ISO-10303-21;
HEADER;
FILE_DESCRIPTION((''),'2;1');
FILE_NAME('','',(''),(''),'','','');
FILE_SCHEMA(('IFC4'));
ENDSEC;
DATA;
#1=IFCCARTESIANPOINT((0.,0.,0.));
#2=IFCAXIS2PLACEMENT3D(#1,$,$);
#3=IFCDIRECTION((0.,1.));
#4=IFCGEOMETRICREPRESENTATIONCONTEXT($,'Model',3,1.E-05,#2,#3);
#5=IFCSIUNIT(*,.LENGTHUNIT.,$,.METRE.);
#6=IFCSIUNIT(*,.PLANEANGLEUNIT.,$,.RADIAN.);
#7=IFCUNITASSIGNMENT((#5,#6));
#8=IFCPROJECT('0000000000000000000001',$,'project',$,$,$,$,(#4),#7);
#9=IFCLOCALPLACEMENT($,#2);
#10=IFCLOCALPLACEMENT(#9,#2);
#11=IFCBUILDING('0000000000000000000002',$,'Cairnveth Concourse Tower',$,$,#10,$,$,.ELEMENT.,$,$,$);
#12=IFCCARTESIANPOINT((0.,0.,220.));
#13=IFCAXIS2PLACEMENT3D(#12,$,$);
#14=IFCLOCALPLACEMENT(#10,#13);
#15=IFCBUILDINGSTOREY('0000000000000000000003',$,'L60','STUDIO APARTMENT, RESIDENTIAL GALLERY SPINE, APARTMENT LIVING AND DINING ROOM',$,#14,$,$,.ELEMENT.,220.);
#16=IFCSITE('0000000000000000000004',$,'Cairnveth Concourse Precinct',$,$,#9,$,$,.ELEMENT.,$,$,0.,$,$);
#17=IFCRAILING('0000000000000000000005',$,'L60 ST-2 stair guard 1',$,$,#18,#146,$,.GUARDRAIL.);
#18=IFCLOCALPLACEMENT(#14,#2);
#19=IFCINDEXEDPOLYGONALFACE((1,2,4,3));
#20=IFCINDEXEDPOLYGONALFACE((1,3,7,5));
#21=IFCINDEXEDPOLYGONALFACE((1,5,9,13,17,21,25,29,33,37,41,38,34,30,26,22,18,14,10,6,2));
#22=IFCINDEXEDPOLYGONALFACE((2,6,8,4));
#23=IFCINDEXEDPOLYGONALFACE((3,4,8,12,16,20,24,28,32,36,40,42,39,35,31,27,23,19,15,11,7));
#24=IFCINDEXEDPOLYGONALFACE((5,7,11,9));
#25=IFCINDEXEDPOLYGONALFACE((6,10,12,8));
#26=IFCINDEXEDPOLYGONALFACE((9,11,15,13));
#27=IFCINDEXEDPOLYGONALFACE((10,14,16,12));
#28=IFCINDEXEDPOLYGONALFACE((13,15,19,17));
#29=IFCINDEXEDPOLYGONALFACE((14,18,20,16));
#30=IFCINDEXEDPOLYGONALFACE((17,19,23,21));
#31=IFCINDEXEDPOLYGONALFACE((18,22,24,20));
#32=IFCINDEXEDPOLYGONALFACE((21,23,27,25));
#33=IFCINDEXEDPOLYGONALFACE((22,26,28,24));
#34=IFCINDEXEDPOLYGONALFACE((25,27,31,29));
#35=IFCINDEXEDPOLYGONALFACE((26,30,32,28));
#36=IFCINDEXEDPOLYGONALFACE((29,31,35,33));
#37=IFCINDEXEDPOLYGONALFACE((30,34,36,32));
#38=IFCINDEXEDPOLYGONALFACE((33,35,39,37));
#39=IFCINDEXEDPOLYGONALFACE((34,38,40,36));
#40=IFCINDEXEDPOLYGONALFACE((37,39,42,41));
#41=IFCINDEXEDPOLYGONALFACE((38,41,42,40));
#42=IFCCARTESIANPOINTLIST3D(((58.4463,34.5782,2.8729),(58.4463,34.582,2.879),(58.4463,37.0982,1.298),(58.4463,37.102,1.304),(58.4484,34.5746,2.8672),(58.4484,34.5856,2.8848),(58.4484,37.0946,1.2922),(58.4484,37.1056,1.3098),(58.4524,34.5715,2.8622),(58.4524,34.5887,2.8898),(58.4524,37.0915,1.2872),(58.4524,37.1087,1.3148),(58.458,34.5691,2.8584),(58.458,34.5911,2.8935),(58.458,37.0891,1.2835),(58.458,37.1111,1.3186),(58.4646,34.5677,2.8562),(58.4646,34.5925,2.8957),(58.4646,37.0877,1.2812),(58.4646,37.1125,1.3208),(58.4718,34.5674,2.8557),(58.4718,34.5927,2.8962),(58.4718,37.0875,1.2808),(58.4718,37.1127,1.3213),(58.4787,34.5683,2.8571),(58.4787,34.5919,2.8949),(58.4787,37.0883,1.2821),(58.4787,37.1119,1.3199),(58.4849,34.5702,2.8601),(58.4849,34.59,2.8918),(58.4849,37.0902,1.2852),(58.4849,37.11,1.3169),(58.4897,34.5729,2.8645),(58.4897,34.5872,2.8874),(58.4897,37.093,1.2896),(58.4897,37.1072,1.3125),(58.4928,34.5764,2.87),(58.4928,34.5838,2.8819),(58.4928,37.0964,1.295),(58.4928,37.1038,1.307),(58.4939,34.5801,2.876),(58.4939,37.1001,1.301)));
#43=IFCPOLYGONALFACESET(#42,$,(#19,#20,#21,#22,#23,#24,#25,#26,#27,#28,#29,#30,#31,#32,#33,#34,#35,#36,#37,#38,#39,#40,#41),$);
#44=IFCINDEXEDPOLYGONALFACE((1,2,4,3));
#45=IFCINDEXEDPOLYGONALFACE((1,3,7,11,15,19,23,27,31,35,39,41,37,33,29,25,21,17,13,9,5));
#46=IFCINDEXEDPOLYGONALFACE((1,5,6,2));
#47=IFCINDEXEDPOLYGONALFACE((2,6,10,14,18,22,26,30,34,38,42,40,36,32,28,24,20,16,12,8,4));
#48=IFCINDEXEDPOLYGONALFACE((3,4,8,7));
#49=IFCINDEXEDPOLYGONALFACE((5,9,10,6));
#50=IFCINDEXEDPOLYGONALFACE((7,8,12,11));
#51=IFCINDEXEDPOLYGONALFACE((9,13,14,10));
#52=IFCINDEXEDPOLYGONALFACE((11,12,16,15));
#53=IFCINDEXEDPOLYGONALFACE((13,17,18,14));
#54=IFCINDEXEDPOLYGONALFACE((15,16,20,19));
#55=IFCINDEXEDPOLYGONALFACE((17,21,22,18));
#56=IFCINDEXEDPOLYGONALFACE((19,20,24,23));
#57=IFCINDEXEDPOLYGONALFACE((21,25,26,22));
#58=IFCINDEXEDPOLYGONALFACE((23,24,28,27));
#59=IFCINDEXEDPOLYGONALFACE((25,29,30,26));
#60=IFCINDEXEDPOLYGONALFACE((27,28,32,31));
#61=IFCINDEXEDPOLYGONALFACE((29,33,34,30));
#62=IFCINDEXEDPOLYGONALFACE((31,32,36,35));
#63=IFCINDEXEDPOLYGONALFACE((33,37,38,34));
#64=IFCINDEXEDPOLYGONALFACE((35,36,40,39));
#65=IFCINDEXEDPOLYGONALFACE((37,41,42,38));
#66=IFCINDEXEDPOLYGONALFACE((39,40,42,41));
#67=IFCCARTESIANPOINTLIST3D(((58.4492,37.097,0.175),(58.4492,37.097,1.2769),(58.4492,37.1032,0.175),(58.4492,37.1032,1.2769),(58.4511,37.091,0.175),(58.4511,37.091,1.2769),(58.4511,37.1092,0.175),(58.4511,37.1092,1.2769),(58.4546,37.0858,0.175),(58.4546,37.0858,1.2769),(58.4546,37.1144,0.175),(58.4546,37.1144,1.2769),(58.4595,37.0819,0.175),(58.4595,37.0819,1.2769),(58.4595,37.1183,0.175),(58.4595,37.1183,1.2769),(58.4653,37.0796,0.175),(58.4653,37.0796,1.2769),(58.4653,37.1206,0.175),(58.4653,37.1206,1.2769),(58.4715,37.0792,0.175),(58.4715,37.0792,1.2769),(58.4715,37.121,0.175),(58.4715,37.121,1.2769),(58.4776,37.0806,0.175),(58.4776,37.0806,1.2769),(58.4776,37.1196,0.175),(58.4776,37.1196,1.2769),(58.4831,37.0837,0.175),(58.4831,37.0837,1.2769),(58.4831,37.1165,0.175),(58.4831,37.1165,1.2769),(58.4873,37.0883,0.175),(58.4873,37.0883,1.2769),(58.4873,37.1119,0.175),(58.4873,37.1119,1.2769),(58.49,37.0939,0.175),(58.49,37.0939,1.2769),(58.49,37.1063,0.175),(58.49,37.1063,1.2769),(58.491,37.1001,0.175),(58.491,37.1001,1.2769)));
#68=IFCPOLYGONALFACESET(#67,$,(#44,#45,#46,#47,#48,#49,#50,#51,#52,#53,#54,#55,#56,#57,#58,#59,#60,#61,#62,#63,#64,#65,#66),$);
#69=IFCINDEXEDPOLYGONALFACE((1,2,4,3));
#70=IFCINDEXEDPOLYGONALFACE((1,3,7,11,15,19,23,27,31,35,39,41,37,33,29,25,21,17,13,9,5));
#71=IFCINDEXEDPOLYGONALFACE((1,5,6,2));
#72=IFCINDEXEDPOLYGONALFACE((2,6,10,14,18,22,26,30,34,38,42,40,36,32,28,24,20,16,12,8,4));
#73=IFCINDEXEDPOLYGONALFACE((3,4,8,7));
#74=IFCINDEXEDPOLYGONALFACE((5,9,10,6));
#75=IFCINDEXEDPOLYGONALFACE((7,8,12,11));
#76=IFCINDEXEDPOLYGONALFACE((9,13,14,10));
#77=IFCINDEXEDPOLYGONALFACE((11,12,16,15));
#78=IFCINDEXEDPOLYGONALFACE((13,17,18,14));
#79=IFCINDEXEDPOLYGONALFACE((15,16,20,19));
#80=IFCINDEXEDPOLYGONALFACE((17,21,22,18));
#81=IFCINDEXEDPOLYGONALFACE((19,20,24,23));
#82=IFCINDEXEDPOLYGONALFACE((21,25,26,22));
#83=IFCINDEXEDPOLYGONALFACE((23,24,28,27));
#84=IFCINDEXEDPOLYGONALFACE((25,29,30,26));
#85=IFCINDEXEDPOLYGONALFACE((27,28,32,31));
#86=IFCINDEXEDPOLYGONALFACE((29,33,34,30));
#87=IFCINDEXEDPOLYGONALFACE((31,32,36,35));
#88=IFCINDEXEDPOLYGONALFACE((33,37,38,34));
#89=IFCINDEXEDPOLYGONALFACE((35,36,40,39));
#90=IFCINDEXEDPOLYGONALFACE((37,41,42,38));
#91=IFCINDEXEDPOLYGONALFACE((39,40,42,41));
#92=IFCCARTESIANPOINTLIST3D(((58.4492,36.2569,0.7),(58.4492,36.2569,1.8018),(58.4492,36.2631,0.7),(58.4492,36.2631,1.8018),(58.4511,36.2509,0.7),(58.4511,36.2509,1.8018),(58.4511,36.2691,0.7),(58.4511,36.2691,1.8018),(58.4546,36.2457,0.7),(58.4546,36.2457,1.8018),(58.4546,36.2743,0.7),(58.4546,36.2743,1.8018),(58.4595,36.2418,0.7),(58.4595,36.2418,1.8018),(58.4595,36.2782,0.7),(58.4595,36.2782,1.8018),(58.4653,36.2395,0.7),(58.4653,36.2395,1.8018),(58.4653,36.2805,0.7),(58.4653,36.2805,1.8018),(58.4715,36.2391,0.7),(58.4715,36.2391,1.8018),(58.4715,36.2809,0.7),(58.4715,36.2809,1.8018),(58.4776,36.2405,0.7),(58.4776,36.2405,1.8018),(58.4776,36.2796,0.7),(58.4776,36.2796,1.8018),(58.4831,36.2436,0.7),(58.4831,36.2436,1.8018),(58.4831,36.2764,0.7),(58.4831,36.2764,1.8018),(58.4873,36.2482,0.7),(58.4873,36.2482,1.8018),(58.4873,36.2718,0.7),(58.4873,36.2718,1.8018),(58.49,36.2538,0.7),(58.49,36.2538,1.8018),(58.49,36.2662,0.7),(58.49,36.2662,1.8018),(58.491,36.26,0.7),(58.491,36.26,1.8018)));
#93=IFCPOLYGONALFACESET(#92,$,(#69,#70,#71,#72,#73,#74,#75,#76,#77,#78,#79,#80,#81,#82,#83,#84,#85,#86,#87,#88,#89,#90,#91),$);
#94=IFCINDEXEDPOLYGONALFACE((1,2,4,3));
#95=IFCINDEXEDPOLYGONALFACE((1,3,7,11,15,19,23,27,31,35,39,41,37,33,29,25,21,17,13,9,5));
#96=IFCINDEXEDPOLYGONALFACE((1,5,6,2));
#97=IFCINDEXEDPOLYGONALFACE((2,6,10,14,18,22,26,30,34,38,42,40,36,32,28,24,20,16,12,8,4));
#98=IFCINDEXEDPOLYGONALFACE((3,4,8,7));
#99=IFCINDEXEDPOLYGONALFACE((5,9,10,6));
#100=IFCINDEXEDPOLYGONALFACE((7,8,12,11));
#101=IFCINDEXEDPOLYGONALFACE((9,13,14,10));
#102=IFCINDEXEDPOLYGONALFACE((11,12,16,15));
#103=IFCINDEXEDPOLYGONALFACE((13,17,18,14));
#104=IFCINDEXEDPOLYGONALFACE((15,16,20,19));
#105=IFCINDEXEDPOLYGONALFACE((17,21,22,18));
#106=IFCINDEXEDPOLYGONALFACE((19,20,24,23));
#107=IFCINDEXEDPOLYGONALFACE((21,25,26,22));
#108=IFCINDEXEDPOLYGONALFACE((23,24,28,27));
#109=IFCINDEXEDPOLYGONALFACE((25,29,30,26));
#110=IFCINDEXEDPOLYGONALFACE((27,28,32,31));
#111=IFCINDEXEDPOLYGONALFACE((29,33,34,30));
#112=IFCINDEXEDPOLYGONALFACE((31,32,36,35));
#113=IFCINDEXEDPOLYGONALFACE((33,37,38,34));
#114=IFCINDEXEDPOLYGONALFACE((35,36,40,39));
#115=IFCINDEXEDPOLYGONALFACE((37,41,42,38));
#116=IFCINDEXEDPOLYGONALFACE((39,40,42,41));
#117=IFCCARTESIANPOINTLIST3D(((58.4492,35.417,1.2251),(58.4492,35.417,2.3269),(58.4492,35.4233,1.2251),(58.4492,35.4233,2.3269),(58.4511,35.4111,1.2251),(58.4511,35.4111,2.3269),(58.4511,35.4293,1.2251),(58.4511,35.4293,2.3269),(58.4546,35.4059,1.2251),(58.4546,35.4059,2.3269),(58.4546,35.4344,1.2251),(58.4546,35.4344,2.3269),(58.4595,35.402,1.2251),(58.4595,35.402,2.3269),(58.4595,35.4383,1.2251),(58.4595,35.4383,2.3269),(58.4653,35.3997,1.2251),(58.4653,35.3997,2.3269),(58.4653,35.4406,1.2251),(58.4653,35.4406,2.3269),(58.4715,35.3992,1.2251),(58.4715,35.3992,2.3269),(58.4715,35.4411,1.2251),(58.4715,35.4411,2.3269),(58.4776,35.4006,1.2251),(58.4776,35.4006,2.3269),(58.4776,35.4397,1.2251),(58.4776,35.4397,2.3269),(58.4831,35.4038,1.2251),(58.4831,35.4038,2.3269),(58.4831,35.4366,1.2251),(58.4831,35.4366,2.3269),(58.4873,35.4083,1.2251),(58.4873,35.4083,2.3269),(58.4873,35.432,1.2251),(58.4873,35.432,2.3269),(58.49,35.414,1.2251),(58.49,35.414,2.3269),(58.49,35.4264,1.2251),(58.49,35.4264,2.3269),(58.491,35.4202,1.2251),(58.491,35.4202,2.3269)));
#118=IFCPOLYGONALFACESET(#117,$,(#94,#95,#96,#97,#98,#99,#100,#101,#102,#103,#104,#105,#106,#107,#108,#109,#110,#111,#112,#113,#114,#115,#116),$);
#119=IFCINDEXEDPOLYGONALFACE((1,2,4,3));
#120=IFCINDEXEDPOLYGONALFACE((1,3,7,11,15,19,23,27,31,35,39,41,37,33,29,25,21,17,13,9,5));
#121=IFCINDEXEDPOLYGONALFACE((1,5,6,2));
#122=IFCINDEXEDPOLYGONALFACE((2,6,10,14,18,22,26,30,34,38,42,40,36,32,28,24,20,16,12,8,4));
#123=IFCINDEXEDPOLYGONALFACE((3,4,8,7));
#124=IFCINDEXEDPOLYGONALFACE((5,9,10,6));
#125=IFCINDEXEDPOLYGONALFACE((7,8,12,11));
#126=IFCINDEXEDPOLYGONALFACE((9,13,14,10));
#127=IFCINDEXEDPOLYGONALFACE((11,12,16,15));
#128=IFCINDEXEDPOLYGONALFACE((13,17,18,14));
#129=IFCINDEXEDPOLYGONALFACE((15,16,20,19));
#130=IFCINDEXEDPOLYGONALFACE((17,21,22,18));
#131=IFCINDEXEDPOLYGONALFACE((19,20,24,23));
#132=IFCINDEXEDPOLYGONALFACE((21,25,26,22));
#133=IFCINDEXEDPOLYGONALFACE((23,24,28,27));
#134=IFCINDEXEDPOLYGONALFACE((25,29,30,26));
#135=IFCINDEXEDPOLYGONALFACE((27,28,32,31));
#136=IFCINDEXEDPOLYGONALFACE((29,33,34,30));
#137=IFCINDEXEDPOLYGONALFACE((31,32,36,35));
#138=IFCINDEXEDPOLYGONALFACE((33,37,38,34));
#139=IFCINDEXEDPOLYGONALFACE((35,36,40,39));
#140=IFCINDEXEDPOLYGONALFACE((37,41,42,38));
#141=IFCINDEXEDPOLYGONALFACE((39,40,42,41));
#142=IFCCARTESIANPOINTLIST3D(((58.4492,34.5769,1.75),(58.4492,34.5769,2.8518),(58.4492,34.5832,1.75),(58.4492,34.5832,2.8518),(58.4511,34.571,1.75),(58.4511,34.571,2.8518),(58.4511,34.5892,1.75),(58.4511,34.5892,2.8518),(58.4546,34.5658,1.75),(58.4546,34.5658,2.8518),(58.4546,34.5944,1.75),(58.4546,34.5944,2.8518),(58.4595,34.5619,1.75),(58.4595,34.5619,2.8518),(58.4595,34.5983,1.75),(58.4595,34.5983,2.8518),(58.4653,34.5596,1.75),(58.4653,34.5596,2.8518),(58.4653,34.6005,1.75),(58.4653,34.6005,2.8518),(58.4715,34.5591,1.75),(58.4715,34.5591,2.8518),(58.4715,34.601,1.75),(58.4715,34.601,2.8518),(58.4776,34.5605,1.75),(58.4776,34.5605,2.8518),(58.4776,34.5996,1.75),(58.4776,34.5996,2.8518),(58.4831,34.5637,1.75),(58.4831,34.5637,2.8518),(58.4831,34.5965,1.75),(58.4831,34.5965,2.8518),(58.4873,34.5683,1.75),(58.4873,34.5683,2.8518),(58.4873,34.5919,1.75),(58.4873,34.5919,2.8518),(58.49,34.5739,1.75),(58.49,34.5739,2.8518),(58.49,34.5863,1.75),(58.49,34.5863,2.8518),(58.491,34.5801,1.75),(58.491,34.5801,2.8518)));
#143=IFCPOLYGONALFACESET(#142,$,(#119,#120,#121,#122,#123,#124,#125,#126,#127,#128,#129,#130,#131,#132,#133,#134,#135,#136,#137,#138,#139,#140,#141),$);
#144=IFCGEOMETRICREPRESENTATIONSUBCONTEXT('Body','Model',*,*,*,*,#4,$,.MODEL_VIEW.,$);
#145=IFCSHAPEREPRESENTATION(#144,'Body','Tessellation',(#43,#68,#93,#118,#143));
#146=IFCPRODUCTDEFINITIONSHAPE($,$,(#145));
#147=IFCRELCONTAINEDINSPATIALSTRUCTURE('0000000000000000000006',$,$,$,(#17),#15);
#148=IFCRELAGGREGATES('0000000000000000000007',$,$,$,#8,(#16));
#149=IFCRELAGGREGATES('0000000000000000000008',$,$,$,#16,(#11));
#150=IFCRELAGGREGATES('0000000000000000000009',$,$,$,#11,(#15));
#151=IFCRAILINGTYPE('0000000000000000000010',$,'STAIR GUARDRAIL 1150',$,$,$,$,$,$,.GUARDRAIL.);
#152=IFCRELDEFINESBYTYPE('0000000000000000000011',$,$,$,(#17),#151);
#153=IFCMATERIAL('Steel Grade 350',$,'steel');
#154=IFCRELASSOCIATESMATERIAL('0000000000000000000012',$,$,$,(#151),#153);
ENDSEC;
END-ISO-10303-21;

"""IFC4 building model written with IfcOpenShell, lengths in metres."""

from ifc_helpers import new_model, si_unit, direction, frame, origin, origin_2d, place, context, subcontext, project, spatial, circle, extrude, material, type_object, element, save


model = new_model("IFC4")

# Units and contexts
model_context = context("Model", 3, precision=1e-05, world=origin(), true_north=direction((0.0, 1.0)))
body_context = subcontext(model_context, "Body", "Model", "MODEL_VIEW")
ifc_project = project(units=[si_unit("LENGTHUNIT", "METRE"), si_unit("PLANEANGLEUNIT", "RADIAN")], contexts=[model_context])

# Site, building, storey
site_placement = place(None, origin())
site = spatial("IfcSite", under=ifc_project, at=site_placement, Name="Cairnveth Concourse Precinct", CompositionType="ELEMENT", RefElevation=0.0)
building_placement = place(site_placement, origin())
building = spatial("IfcBuilding", under=site, at=building_placement, Name="Cairnveth Concourse Tower", CompositionType="ELEMENT")
storey_placement = place(building_placement, frame((0.0, 0.0, 220.0)))
storey = spatial("IfcBuildingStorey", under=building, at=storey_placement, Name="L60", Description="STUDIO APARTMENT, RESIDENTIAL GALLERY SPINE, APARTMENT LIVING AND DINING ROOM", CompositionType="ELEMENT", Elevation=220.0)

# Shared definitions
ifc_material_1 = material(Name="Steel Grade 350", Category="steel")

# Railing
railing_type_1 = type_object("IfcRailingType", Name="STAIR GUARDRAIL 1150", PredefinedType="GUARDRAIL", material=ifc_material_1)
railing_1_placement = place(storey_placement, frame((58.47, 37.1001, 0.175)))
element("IfcRailing", 1, at=railing_1_placement, inside=storey, type_object=railing_type_1, Name="L60 ST-2 stair guard 1", PredefinedType="GUARDRAIL", context=body_context, shape_type="SweptSolid", body=[
    extrude(circle(Radius=0.0239, at=origin_2d()), frame((0.0, 0.0, 1.126), z_axis=(0.0, -0.848008, 0.529984), x_axis=(1.0, 0.0, 0.0)), (0.0, 0.0, 1.0), 2.9717),
    extrude(circle(Radius=0.021, at=origin_2d()), origin(), (0.0, 0.0, 1.0), 1.1018),
    extrude(circle(Radius=0.021, at=origin_2d()), frame((0.0, -0.8401, 0.5249)), (0.0, 0.0, 1.0), 1.1018),
    extrude(circle(Radius=0.021, at=origin_2d()), frame((0.0, -1.6799, 1.05)), (0.0, 0.0, 1.0), 1.1018),
    extrude(circle(Radius=0.021, at=origin_2d()), frame((0.0, -2.52, 1.575)), (0.0, 0.0, 1.0), 1.1018),
])

save(model, "model.ifc")
